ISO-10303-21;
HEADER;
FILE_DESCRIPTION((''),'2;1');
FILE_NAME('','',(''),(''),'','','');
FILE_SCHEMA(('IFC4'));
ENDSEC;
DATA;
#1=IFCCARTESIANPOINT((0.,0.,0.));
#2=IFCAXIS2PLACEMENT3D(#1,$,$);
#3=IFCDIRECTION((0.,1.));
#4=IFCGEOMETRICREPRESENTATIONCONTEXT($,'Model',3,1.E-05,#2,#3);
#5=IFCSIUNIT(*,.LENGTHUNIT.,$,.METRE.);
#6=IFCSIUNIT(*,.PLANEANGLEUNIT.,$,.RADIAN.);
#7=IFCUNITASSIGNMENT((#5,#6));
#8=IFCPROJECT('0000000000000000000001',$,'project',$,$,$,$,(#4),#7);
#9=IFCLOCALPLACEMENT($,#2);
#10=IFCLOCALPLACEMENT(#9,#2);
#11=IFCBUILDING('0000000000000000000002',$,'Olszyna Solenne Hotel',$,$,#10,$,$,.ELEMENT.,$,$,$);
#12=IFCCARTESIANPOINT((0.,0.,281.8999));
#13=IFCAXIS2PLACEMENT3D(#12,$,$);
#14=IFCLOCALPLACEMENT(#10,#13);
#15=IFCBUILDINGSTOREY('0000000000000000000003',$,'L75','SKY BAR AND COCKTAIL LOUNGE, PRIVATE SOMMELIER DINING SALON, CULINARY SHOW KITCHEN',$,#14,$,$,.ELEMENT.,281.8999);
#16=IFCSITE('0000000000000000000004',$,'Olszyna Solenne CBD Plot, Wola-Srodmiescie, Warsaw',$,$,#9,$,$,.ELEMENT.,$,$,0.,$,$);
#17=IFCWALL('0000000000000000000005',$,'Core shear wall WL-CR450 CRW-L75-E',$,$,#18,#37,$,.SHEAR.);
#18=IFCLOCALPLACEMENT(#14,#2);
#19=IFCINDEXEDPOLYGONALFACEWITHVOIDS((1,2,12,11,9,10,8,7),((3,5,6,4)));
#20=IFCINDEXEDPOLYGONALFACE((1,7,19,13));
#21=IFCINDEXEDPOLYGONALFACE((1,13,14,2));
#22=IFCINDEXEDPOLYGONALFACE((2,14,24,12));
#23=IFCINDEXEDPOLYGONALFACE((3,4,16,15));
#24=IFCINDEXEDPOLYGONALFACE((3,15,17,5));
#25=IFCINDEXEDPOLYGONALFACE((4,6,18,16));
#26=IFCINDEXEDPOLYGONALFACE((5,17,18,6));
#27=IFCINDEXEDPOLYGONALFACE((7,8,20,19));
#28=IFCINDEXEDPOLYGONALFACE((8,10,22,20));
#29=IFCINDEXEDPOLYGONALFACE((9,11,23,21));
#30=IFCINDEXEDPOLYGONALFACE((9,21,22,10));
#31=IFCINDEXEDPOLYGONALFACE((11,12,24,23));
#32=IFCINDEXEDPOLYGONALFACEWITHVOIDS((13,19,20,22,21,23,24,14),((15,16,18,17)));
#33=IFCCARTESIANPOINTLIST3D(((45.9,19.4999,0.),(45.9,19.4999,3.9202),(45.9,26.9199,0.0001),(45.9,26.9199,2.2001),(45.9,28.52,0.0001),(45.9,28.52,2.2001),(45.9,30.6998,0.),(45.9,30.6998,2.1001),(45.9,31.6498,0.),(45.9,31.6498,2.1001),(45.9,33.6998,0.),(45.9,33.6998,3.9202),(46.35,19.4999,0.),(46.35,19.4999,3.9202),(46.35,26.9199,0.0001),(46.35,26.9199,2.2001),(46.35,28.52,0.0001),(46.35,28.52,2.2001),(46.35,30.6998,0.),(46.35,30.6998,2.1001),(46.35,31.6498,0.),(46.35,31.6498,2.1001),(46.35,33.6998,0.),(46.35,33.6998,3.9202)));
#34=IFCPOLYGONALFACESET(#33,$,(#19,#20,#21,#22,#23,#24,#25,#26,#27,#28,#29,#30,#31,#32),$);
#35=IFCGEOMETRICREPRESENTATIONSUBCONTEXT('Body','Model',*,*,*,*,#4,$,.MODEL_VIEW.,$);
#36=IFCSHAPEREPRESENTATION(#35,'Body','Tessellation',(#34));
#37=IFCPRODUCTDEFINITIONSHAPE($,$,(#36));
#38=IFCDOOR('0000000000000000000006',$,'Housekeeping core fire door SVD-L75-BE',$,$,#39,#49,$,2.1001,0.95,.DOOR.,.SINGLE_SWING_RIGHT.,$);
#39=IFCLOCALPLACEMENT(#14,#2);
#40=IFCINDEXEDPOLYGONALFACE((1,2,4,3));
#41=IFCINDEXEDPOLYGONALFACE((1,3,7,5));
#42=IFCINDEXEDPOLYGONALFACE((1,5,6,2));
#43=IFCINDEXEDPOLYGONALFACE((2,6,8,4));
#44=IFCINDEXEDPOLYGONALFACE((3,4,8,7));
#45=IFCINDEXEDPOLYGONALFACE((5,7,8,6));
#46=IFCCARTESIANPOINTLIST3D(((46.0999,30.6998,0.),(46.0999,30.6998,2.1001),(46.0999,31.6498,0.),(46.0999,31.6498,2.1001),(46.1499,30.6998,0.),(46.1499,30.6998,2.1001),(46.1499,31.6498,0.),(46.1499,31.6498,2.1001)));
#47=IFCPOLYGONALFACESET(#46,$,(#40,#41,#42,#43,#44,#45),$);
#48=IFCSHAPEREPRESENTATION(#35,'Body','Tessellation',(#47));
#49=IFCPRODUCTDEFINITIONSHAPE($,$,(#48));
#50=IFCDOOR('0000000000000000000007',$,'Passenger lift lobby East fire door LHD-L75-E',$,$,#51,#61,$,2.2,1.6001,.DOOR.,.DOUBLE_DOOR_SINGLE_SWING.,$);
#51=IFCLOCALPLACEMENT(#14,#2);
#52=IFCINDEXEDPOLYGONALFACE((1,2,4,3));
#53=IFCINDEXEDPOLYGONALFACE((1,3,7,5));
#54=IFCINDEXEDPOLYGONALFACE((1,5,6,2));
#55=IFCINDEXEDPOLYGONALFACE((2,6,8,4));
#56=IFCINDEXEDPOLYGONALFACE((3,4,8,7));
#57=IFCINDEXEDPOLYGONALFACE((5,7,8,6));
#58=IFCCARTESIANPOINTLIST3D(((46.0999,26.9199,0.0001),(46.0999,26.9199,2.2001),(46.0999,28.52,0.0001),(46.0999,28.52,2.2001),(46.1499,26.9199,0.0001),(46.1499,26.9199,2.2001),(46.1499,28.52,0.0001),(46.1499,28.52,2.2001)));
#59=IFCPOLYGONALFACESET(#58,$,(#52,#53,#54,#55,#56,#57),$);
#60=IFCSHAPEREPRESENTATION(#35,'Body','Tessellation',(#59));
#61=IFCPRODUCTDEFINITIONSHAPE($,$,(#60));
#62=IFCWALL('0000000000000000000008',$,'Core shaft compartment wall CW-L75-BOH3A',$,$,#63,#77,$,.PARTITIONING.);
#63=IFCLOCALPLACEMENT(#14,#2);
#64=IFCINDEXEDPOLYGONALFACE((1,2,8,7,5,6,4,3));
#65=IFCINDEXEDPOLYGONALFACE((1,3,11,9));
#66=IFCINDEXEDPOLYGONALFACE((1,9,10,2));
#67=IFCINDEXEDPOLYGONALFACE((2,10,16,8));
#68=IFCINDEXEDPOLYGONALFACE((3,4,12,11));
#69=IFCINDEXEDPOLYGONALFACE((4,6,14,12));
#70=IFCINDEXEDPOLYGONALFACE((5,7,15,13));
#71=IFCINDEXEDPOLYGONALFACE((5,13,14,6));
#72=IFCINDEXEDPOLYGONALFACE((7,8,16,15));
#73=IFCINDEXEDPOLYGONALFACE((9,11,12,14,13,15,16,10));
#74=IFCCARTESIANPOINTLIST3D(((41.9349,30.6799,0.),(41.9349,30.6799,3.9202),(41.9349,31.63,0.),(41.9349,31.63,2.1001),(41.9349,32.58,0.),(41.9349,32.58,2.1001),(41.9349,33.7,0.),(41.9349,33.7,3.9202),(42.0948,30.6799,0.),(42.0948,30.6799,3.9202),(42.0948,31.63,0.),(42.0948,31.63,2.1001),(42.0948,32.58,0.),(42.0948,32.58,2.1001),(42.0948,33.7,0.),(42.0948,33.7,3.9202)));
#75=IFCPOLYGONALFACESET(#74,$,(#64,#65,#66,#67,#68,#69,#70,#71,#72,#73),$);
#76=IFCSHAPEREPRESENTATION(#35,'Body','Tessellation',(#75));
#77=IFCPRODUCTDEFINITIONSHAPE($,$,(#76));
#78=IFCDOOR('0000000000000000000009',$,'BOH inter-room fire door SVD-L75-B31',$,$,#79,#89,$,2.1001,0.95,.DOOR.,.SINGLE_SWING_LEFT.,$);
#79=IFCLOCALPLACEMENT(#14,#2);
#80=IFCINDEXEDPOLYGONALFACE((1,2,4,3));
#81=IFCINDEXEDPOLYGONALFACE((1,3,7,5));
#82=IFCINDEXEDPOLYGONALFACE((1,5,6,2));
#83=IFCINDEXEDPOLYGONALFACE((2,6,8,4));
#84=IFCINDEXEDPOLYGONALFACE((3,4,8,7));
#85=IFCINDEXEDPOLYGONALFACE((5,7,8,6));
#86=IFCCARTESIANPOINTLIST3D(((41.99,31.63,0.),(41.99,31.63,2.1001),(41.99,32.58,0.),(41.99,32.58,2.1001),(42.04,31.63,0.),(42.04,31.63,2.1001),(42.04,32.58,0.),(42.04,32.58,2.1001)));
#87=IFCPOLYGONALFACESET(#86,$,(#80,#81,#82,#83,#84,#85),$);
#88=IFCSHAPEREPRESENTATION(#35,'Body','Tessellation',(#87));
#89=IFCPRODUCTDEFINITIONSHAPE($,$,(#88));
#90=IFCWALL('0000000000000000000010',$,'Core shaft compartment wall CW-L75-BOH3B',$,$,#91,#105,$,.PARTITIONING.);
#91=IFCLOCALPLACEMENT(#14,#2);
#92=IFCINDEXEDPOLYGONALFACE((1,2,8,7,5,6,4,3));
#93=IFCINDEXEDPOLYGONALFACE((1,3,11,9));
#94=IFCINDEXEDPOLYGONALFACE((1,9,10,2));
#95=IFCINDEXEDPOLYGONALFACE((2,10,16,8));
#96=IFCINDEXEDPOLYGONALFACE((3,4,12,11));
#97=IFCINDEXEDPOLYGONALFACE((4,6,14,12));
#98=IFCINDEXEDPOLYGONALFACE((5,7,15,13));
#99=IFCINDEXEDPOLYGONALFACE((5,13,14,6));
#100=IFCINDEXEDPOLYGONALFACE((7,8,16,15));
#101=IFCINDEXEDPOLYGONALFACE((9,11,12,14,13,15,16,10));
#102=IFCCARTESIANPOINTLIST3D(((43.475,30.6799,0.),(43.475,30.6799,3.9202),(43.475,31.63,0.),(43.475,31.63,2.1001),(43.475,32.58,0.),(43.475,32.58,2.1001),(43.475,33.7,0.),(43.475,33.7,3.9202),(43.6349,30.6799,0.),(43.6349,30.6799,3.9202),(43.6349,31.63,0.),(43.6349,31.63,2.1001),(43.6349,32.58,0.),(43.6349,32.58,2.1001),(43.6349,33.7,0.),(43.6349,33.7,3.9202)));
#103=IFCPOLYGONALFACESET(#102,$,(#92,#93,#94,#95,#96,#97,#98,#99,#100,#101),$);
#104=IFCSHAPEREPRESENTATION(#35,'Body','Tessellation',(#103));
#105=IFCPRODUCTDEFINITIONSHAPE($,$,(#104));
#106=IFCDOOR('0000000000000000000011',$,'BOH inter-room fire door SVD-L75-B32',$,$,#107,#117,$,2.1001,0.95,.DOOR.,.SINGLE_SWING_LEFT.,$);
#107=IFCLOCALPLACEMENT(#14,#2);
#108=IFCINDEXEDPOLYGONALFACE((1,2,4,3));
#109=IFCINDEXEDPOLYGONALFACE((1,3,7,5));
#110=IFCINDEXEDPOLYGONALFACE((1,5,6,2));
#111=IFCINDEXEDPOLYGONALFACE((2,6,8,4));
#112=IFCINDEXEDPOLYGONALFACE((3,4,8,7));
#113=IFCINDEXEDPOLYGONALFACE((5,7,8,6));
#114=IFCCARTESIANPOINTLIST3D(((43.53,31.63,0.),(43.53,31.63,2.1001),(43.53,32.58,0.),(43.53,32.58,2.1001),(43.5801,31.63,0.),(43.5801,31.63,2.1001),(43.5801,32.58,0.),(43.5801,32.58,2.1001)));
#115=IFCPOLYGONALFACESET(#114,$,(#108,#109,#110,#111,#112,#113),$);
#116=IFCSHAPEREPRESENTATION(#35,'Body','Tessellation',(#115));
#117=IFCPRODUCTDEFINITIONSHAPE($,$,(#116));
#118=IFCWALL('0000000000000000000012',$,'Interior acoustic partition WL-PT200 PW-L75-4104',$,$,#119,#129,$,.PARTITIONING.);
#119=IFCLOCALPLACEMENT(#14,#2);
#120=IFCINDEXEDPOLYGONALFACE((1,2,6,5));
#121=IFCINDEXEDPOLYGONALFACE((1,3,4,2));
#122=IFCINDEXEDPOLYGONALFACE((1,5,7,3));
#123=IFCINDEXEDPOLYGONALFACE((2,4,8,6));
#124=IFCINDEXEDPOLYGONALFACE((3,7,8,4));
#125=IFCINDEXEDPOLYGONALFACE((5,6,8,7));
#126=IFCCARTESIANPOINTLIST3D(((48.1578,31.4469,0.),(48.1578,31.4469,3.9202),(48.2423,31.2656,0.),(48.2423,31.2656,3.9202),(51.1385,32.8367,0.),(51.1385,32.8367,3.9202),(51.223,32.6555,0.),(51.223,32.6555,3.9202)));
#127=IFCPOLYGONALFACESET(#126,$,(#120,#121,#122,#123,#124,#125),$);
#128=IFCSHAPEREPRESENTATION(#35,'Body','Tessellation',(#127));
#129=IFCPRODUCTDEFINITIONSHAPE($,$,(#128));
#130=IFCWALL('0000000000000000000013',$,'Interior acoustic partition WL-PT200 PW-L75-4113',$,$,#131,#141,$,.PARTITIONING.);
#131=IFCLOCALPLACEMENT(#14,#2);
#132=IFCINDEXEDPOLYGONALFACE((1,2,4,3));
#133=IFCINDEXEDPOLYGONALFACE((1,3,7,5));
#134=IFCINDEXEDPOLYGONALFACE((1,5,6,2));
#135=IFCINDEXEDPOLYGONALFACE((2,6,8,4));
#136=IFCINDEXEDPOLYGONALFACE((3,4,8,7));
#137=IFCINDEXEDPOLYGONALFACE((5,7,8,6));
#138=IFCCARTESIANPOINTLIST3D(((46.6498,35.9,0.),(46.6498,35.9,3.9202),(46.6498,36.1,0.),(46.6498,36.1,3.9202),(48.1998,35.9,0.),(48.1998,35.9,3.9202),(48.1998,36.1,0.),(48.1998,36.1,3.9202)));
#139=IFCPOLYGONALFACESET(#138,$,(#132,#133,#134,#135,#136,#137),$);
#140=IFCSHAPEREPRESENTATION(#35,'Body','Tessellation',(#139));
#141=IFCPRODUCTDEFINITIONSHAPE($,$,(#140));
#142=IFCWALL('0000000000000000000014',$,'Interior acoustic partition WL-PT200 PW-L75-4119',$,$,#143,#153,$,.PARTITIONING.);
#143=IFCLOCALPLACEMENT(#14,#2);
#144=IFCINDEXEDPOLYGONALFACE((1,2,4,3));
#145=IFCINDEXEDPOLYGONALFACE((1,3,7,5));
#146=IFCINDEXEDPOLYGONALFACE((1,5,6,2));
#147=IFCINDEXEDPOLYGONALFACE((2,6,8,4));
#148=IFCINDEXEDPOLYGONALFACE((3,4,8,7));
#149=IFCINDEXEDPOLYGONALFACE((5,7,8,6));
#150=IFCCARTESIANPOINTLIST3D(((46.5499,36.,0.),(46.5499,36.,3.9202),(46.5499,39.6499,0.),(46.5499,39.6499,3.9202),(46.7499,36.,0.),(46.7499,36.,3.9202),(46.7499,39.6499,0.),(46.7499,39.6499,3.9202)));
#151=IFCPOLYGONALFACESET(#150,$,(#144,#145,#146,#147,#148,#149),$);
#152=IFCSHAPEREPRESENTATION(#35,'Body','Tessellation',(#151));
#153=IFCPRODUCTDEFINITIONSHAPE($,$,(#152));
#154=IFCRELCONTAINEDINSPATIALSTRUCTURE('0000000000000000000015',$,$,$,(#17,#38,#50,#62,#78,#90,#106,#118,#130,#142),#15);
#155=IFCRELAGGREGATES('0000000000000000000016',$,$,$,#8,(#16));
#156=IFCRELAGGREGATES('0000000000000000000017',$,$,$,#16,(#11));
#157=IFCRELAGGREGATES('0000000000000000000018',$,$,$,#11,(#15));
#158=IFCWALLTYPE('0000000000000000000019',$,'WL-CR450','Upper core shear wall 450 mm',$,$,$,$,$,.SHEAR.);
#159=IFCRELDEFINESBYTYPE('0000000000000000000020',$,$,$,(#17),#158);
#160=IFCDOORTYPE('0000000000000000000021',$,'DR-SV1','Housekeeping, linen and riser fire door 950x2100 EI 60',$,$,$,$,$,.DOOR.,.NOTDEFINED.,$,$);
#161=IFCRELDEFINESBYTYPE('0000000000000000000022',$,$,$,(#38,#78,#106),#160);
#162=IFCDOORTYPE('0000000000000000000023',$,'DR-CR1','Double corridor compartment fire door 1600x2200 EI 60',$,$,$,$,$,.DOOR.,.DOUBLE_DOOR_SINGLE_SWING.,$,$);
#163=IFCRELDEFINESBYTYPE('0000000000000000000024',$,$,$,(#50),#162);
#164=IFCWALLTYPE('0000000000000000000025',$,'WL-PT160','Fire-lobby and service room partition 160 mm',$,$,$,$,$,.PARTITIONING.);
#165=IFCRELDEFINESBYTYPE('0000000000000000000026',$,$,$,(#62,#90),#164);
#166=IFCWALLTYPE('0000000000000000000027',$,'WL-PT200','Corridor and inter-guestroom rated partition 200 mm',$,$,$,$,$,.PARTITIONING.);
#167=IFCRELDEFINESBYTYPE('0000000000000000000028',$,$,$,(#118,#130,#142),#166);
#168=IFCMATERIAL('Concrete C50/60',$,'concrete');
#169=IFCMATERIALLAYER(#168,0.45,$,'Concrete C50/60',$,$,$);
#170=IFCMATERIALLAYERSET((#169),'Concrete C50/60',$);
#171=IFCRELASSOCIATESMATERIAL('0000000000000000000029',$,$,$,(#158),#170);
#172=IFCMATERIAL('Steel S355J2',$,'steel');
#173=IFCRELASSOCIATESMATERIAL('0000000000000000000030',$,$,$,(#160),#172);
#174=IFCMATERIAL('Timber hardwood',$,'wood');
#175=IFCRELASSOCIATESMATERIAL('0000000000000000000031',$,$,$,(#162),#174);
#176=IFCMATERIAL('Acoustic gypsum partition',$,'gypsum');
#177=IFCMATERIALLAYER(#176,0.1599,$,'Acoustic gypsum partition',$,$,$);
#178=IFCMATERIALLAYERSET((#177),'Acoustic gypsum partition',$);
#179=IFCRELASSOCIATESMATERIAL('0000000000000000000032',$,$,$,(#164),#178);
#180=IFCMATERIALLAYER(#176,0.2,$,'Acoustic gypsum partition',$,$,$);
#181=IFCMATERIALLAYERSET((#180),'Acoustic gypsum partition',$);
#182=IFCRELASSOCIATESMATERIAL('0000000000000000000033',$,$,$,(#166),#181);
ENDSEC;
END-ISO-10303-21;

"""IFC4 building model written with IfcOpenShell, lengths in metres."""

from ifc_helpers import new_model, si_unit, direction, frame, frame_2d, origin, place, context, subcontext, project, spatial, rectangle, extrude, source, transform, mapped, material, layer, layer_set, type_object, type_shapes, element, fill, save


model = new_model("IFC4")

# Units and contexts
model_context = context("Model", 3, precision=1e-05, world=origin(), true_north=direction((0.0, 1.0)))
body_context = subcontext(model_context, "Body", "Model", "MODEL_VIEW")
ifc_project = project(units=[si_unit("LENGTHUNIT", "METRE"), si_unit("PLANEANGLEUNIT", "RADIAN")], contexts=[model_context])

# Site, building, storey
site_placement = place(None, origin())
site = spatial("IfcSite", under=ifc_project, at=site_placement, Name="Olszyna Solenne CBD Plot, Wola-Srodmiescie, Warsaw", CompositionType="ELEMENT", RefElevation=0.0)
building_placement = place(site_placement, origin())
building = spatial("IfcBuilding", under=site, at=building_placement, Name="Olszyna Solenne Hotel", CompositionType="ELEMENT")
storey_placement = place(building_placement, frame((0.0, 0.0, 281.8999)))
storey = spatial("IfcBuildingStorey", under=building, at=storey_placement, Name="L75", Description="SKY BAR AND COCKTAIL LOUNGE, PRIVATE SOMMELIER DINING SALON, CULINARY SHOW KITCHEN", CompositionType="ELEMENT", Elevation=281.8999)

# Shared definitions
ifc_material_1 = material(Name="Steel S355J2", Category="steel")

# Wall, openings, doors
ifc_material_2 = material(Name="Concrete C50/60", Category="concrete")
ifc_layer_1 = layer(ifc_material_2, 0.45, Name="Concrete C50/60")
ifc_layer_set_1 = layer_set([ifc_layer_1], Name="Concrete C50/60")
wall_type_1 = type_object("IfcWallType", Name="WL-CR450", Description="Upper core shear wall 450 mm", PredefinedType="SHEAR", material=ifc_layer_set_1)
wall_1_placement = place(storey_placement, frame((46.125, 33.7, 0.0), z_axis=(0.0, 0.0, 1.0), x_axis=(0.0, -1.0, 0.0)))
wall_1 = element("IfcWall", 1, at=wall_1_placement, inside=storey, type_object=wall_type_1, Name="Core shear wall WL-CR450 CRW-L75-E", PredefinedType="SHEAR", context=body_context, shape_type="SweptSolid", body=[
    extrude(rectangle(XDim=14.2, YDim=0.45, at=frame_2d((7.1001, 0.0))), origin(), (0.0, 0.0, 1.0), 3.9202),
])
opening_1_placement = place(wall_1_placement, frame((5.1799, 0.0, 0.0)))
opening_1 = element("IfcOpeningElement", 2, at=opening_1_placement, cuts=wall_1, PredefinedType="OPENING", context=body_context, shape_type="SweptSolid", body=[
    extrude(rectangle(XDim=1.6001, YDim=2.2, at=frame_2d((0.8, 1.1001))), frame((0.0, 0.2349, 0.0), z_axis=(0.0, -1.0, 0.0), x_axis=(1.0, 0.0, 0.0)), (0.0, 0.0, 1.0), 0.47),
])
opening_2_placement = place(wall_1_placement, frame((2.05, 0.0, 0.0)))
opening_2 = element("IfcOpeningElement", 3, at=opening_2_placement, cuts=wall_1, PredefinedType="OPENING", context=body_context, shape_type="SweptSolid", body=[
    extrude(rectangle(XDim=0.95, YDim=2.1001, at=frame_2d((0.4751, 1.05))), frame((0.0, 0.2349, 0.0), z_axis=(0.0, -1.0, 0.0), x_axis=(1.0, 0.0, 0.0)), (0.0, 0.0, 1.0), 0.47),
])
door_type_1 = type_object("IfcDoorType", Name="DR-SV1", Description="Housekeeping, linen and riser fire door 950x2100 EI 60", OperationType="NOTDEFINED", PredefinedType="DOOR", material=ifc_material_1)
shared_shape_1 = source(origin(), body_context, "Body", "SweptSolid", [
    extrude(rectangle(XDim=0.95, YDim=2.1001, at=frame_2d((0.4751, 1.05))), frame((0.0, 0.0249, 0.0), z_axis=(0.0, -1.0, 0.0), x_axis=(1.0, 0.0, 0.0)), (0.0, 0.0, 1.0), 0.05),
])
type_shapes(door_type_1, [shared_shape_1])
door_1_placement = place(opening_2_placement, origin())
door_1 = element("IfcDoor", 4, at=door_1_placement, inside=storey, type_object=door_type_1, Name="Housekeeping core fire door SVD-L75-BE", OperationType="SINGLE_SWING_RIGHT", OverallHeight=2.1001, OverallWidth=0.95, PredefinedType="DOOR", context=body_context, shape_type="MappedRepresentation", body=[
    mapped(shared_shape_1, transform((0.0, 0.0, 0.0), x_axis=(1.0, 0.0, 0.0), y_axis=(0.0, 1.0, 0.0), z_axis=(0.0, 0.0, 1.0), scale=1.0)),
])
fill(opening_2, door_1)
ifc_material_3 = material(Name="Timber hardwood", Category="wood")
door_type_2 = type_object("IfcDoorType", Name="DR-CR1", Description="Double corridor compartment fire door 1600x2200 EI 60", OperationType="DOUBLE_DOOR_SINGLE_SWING", PredefinedType="DOOR", material=ifc_material_3)
shared_shape_2 = source(origin(), body_context, "Body", "SweptSolid", [
    extrude(rectangle(XDim=1.6001, YDim=2.2, at=frame_2d((0.8, 1.1001))), frame((0.0, 0.0249, 0.0), z_axis=(0.0, -1.0, 0.0), x_axis=(1.0, 0.0, 0.0)), (0.0, 0.0, 1.0), 0.05),
])
type_shapes(door_type_2, [shared_shape_2])
door_2_placement = place(opening_1_placement, origin())
door_2 = element("IfcDoor", 5, at=door_2_placement, inside=storey, type_object=door_type_2, Name="Passenger lift lobby East fire door LHD-L75-E", OperationType="DOUBLE_DOOR_SINGLE_SWING", OverallHeight=2.2, OverallWidth=1.6001, PredefinedType="DOOR", context=body_context, shape_type="MappedRepresentation", body=[
    mapped(shared_shape_2, transform((0.0, 0.0, 0.0), x_axis=(1.0, 0.0, 0.0), y_axis=(0.0, 1.0, 0.0), z_axis=(0.0, 0.0, 1.0), scale=1.0)),
])
fill(opening_1, door_2)

# Walls, openings, doors
ifc_material_4 = material(Name="Acoustic gypsum partition", Category="gypsum")
ifc_layer_2 = layer(ifc_material_4, 0.1599, Name="Acoustic gypsum partition")
ifc_layer_set_2 = layer_set([ifc_layer_2], Name="Acoustic gypsum partition")
wall_type_2 = type_object("IfcWallType", Name="WL-PT160", Description="Fire-lobby and service room partition 160 mm", PredefinedType="PARTITIONING", material=ifc_layer_set_2)
wall_2_placement = place(storey_placement, frame((42.0149, 30.6799, 0.0), z_axis=(0.0, 0.0, 1.0), x_axis=(0.0, 1.0, 0.0)))
wall_2 = element("IfcWall", 6, at=wall_2_placement, inside=storey, type_object=wall_type_2, Name="Core shaft compartment wall CW-L75-BOH3A", PredefinedType="PARTITIONING", context=body_context, shape_type="SweptSolid", body=[
    extrude(rectangle(XDim=3.02, YDim=0.1599, at=frame_2d((1.51, 0.0))), origin(), (0.0, 0.0, 1.0), 3.9202),
])
opening_3_placement = place(wall_2_placement, frame((0.95, 0.0, 0.0)))
opening_3 = element("IfcOpeningElement", 7, at=opening_3_placement, cuts=wall_2, PredefinedType="OPENING", context=body_context, shape_type="SweptSolid", body=[
    extrude(rectangle(XDim=0.95, YDim=2.1001, at=frame_2d((0.4751, 1.05))), frame((0.0, 0.0898, 0.0), z_axis=(0.0, -1.0, 0.0), x_axis=(1.0, 0.0, 0.0)), (0.0, 0.0, 1.0), 0.1799),
])
door_3_placement = place(opening_3_placement, origin())
door_3 = element("IfcDoor", 8, at=door_3_placement, inside=storey, type_object=door_type_1, Name="BOH inter-room fire door SVD-L75-B31", OperationType="SINGLE_SWING_LEFT", OverallHeight=2.1001, OverallWidth=0.95, PredefinedType="DOOR", context=body_context, shape_type="MappedRepresentation", body=[
    mapped(shared_shape_1, transform((0.0, 0.0, 0.0), x_axis=(1.0, 0.0, 0.0), y_axis=(0.0, 1.0, 0.0), z_axis=(0.0, 0.0, 1.0), scale=1.0)),
])
fill(opening_3, door_3)
wall_3_placement = place(storey_placement, frame((43.5549, 30.6799, 0.0), z_axis=(0.0, 0.0, 1.0), x_axis=(0.0, 1.0, 0.0)))
wall_3 = element("IfcWall", 9, at=wall_3_placement, inside=storey, type_object=wall_type_2, Name="Core shaft compartment wall CW-L75-BOH3B", PredefinedType="PARTITIONING", context=body_context, shape_type="SweptSolid", body=[
    extrude(rectangle(XDim=3.02, YDim=0.1599, at=frame_2d((1.51, 0.0))), origin(), (0.0, 0.0, 1.0), 3.9202),
])
opening_4_placement = place(wall_3_placement, frame((0.95, 0.0, 0.0)))
opening_4 = element("IfcOpeningElement", 10, at=opening_4_placement, cuts=wall_3, PredefinedType="OPENING", context=body_context, shape_type="SweptSolid", body=[
    extrude(rectangle(XDim=0.95, YDim=2.1001, at=frame_2d((0.4751, 1.05))), frame((0.0, 0.0898, 0.0), z_axis=(0.0, -1.0, 0.0), x_axis=(1.0, 0.0, 0.0)), (0.0, 0.0, 1.0), 0.1799),
])
door_4_placement = place(opening_4_placement, origin())
door_4 = element("IfcDoor", 11, at=door_4_placement, inside=storey, type_object=door_type_1, Name="BOH inter-room fire door SVD-L75-B32", OperationType="SINGLE_SWING_LEFT", OverallHeight=2.1001, OverallWidth=0.95, PredefinedType="DOOR", context=body_context, shape_type="MappedRepresentation", body=[
    mapped(shared_shape_1, transform((0.0, 0.0, 0.0), x_axis=(1.0, 0.0, 0.0), y_axis=(0.0, 1.0, 0.0), z_axis=(0.0, 0.0, 1.0), scale=1.0)),
])
fill(opening_4, door_4)

# Walls
ifc_layer_3 = layer(ifc_material_4, 0.2, Name="Acoustic gypsum partition")
ifc_layer_set_3 = layer_set([ifc_layer_3], Name="Acoustic gypsum partition")
wall_type_3 = type_object("IfcWallType", Name="WL-PT200", Description="Corridor and inter-guestroom rated partition 200 mm", PredefinedType="PARTITIONING", material=ifc_layer_set_3)
wall_4_placement = place(storey_placement, frame((48.2, 31.3562, 0.0), z_axis=(0.0, 0.0, 1.0), x_axis=(0.906312, 0.422609, 0.0)))
element("IfcWall", 12, at=wall_4_placement, inside=storey, type_object=wall_type_3, Name="Interior acoustic partition WL-PT200 PW-L75-4104", PredefinedType="PARTITIONING", context=body_context, shape_type="SweptSolid", body=[
    extrude(rectangle(XDim=3.2888, YDim=0.2, at=frame_2d((1.6445, 0.0))), origin(), (0.0, 0.0, 1.0), 3.9202),
])
wall_5_placement = place(storey_placement, frame((46.6499, 36.0, 0.0), z_axis=(0.0, 0.0, 1.0), x_axis=(1.0, 0.0, 0.0)))
element("IfcWall", 13, at=wall_5_placement, inside=storey, type_object=wall_type_3, Name="Interior acoustic partition WL-PT200 PW-L75-4113", PredefinedType="PARTITIONING", context=body_context, shape_type="SweptSolid", body=[
    extrude(rectangle(XDim=1.55, YDim=0.2, at=frame_2d((0.7749, 0.0))), origin(), (0.0, 0.0, 1.0), 3.9202),
])
wall_6_placement = place(storey_placement, frame((46.6499, 36.0, 0.0), z_axis=(0.0, 0.0, 1.0), x_axis=(0.0, 1.0, 0.0)))
element("IfcWall", 14, at=wall_6_placement, inside=storey, type_object=wall_type_3, Name="Interior acoustic partition WL-PT200 PW-L75-4119", PredefinedType="PARTITIONING", context=body_context, shape_type="SweptSolid", body=[
    extrude(rectangle(XDim=3.6499, YDim=0.2, at=frame_2d((1.825, 0.0))), origin(), (0.0, 0.0, 1.0), 3.9202),
])

save(model, "model.ifc")
